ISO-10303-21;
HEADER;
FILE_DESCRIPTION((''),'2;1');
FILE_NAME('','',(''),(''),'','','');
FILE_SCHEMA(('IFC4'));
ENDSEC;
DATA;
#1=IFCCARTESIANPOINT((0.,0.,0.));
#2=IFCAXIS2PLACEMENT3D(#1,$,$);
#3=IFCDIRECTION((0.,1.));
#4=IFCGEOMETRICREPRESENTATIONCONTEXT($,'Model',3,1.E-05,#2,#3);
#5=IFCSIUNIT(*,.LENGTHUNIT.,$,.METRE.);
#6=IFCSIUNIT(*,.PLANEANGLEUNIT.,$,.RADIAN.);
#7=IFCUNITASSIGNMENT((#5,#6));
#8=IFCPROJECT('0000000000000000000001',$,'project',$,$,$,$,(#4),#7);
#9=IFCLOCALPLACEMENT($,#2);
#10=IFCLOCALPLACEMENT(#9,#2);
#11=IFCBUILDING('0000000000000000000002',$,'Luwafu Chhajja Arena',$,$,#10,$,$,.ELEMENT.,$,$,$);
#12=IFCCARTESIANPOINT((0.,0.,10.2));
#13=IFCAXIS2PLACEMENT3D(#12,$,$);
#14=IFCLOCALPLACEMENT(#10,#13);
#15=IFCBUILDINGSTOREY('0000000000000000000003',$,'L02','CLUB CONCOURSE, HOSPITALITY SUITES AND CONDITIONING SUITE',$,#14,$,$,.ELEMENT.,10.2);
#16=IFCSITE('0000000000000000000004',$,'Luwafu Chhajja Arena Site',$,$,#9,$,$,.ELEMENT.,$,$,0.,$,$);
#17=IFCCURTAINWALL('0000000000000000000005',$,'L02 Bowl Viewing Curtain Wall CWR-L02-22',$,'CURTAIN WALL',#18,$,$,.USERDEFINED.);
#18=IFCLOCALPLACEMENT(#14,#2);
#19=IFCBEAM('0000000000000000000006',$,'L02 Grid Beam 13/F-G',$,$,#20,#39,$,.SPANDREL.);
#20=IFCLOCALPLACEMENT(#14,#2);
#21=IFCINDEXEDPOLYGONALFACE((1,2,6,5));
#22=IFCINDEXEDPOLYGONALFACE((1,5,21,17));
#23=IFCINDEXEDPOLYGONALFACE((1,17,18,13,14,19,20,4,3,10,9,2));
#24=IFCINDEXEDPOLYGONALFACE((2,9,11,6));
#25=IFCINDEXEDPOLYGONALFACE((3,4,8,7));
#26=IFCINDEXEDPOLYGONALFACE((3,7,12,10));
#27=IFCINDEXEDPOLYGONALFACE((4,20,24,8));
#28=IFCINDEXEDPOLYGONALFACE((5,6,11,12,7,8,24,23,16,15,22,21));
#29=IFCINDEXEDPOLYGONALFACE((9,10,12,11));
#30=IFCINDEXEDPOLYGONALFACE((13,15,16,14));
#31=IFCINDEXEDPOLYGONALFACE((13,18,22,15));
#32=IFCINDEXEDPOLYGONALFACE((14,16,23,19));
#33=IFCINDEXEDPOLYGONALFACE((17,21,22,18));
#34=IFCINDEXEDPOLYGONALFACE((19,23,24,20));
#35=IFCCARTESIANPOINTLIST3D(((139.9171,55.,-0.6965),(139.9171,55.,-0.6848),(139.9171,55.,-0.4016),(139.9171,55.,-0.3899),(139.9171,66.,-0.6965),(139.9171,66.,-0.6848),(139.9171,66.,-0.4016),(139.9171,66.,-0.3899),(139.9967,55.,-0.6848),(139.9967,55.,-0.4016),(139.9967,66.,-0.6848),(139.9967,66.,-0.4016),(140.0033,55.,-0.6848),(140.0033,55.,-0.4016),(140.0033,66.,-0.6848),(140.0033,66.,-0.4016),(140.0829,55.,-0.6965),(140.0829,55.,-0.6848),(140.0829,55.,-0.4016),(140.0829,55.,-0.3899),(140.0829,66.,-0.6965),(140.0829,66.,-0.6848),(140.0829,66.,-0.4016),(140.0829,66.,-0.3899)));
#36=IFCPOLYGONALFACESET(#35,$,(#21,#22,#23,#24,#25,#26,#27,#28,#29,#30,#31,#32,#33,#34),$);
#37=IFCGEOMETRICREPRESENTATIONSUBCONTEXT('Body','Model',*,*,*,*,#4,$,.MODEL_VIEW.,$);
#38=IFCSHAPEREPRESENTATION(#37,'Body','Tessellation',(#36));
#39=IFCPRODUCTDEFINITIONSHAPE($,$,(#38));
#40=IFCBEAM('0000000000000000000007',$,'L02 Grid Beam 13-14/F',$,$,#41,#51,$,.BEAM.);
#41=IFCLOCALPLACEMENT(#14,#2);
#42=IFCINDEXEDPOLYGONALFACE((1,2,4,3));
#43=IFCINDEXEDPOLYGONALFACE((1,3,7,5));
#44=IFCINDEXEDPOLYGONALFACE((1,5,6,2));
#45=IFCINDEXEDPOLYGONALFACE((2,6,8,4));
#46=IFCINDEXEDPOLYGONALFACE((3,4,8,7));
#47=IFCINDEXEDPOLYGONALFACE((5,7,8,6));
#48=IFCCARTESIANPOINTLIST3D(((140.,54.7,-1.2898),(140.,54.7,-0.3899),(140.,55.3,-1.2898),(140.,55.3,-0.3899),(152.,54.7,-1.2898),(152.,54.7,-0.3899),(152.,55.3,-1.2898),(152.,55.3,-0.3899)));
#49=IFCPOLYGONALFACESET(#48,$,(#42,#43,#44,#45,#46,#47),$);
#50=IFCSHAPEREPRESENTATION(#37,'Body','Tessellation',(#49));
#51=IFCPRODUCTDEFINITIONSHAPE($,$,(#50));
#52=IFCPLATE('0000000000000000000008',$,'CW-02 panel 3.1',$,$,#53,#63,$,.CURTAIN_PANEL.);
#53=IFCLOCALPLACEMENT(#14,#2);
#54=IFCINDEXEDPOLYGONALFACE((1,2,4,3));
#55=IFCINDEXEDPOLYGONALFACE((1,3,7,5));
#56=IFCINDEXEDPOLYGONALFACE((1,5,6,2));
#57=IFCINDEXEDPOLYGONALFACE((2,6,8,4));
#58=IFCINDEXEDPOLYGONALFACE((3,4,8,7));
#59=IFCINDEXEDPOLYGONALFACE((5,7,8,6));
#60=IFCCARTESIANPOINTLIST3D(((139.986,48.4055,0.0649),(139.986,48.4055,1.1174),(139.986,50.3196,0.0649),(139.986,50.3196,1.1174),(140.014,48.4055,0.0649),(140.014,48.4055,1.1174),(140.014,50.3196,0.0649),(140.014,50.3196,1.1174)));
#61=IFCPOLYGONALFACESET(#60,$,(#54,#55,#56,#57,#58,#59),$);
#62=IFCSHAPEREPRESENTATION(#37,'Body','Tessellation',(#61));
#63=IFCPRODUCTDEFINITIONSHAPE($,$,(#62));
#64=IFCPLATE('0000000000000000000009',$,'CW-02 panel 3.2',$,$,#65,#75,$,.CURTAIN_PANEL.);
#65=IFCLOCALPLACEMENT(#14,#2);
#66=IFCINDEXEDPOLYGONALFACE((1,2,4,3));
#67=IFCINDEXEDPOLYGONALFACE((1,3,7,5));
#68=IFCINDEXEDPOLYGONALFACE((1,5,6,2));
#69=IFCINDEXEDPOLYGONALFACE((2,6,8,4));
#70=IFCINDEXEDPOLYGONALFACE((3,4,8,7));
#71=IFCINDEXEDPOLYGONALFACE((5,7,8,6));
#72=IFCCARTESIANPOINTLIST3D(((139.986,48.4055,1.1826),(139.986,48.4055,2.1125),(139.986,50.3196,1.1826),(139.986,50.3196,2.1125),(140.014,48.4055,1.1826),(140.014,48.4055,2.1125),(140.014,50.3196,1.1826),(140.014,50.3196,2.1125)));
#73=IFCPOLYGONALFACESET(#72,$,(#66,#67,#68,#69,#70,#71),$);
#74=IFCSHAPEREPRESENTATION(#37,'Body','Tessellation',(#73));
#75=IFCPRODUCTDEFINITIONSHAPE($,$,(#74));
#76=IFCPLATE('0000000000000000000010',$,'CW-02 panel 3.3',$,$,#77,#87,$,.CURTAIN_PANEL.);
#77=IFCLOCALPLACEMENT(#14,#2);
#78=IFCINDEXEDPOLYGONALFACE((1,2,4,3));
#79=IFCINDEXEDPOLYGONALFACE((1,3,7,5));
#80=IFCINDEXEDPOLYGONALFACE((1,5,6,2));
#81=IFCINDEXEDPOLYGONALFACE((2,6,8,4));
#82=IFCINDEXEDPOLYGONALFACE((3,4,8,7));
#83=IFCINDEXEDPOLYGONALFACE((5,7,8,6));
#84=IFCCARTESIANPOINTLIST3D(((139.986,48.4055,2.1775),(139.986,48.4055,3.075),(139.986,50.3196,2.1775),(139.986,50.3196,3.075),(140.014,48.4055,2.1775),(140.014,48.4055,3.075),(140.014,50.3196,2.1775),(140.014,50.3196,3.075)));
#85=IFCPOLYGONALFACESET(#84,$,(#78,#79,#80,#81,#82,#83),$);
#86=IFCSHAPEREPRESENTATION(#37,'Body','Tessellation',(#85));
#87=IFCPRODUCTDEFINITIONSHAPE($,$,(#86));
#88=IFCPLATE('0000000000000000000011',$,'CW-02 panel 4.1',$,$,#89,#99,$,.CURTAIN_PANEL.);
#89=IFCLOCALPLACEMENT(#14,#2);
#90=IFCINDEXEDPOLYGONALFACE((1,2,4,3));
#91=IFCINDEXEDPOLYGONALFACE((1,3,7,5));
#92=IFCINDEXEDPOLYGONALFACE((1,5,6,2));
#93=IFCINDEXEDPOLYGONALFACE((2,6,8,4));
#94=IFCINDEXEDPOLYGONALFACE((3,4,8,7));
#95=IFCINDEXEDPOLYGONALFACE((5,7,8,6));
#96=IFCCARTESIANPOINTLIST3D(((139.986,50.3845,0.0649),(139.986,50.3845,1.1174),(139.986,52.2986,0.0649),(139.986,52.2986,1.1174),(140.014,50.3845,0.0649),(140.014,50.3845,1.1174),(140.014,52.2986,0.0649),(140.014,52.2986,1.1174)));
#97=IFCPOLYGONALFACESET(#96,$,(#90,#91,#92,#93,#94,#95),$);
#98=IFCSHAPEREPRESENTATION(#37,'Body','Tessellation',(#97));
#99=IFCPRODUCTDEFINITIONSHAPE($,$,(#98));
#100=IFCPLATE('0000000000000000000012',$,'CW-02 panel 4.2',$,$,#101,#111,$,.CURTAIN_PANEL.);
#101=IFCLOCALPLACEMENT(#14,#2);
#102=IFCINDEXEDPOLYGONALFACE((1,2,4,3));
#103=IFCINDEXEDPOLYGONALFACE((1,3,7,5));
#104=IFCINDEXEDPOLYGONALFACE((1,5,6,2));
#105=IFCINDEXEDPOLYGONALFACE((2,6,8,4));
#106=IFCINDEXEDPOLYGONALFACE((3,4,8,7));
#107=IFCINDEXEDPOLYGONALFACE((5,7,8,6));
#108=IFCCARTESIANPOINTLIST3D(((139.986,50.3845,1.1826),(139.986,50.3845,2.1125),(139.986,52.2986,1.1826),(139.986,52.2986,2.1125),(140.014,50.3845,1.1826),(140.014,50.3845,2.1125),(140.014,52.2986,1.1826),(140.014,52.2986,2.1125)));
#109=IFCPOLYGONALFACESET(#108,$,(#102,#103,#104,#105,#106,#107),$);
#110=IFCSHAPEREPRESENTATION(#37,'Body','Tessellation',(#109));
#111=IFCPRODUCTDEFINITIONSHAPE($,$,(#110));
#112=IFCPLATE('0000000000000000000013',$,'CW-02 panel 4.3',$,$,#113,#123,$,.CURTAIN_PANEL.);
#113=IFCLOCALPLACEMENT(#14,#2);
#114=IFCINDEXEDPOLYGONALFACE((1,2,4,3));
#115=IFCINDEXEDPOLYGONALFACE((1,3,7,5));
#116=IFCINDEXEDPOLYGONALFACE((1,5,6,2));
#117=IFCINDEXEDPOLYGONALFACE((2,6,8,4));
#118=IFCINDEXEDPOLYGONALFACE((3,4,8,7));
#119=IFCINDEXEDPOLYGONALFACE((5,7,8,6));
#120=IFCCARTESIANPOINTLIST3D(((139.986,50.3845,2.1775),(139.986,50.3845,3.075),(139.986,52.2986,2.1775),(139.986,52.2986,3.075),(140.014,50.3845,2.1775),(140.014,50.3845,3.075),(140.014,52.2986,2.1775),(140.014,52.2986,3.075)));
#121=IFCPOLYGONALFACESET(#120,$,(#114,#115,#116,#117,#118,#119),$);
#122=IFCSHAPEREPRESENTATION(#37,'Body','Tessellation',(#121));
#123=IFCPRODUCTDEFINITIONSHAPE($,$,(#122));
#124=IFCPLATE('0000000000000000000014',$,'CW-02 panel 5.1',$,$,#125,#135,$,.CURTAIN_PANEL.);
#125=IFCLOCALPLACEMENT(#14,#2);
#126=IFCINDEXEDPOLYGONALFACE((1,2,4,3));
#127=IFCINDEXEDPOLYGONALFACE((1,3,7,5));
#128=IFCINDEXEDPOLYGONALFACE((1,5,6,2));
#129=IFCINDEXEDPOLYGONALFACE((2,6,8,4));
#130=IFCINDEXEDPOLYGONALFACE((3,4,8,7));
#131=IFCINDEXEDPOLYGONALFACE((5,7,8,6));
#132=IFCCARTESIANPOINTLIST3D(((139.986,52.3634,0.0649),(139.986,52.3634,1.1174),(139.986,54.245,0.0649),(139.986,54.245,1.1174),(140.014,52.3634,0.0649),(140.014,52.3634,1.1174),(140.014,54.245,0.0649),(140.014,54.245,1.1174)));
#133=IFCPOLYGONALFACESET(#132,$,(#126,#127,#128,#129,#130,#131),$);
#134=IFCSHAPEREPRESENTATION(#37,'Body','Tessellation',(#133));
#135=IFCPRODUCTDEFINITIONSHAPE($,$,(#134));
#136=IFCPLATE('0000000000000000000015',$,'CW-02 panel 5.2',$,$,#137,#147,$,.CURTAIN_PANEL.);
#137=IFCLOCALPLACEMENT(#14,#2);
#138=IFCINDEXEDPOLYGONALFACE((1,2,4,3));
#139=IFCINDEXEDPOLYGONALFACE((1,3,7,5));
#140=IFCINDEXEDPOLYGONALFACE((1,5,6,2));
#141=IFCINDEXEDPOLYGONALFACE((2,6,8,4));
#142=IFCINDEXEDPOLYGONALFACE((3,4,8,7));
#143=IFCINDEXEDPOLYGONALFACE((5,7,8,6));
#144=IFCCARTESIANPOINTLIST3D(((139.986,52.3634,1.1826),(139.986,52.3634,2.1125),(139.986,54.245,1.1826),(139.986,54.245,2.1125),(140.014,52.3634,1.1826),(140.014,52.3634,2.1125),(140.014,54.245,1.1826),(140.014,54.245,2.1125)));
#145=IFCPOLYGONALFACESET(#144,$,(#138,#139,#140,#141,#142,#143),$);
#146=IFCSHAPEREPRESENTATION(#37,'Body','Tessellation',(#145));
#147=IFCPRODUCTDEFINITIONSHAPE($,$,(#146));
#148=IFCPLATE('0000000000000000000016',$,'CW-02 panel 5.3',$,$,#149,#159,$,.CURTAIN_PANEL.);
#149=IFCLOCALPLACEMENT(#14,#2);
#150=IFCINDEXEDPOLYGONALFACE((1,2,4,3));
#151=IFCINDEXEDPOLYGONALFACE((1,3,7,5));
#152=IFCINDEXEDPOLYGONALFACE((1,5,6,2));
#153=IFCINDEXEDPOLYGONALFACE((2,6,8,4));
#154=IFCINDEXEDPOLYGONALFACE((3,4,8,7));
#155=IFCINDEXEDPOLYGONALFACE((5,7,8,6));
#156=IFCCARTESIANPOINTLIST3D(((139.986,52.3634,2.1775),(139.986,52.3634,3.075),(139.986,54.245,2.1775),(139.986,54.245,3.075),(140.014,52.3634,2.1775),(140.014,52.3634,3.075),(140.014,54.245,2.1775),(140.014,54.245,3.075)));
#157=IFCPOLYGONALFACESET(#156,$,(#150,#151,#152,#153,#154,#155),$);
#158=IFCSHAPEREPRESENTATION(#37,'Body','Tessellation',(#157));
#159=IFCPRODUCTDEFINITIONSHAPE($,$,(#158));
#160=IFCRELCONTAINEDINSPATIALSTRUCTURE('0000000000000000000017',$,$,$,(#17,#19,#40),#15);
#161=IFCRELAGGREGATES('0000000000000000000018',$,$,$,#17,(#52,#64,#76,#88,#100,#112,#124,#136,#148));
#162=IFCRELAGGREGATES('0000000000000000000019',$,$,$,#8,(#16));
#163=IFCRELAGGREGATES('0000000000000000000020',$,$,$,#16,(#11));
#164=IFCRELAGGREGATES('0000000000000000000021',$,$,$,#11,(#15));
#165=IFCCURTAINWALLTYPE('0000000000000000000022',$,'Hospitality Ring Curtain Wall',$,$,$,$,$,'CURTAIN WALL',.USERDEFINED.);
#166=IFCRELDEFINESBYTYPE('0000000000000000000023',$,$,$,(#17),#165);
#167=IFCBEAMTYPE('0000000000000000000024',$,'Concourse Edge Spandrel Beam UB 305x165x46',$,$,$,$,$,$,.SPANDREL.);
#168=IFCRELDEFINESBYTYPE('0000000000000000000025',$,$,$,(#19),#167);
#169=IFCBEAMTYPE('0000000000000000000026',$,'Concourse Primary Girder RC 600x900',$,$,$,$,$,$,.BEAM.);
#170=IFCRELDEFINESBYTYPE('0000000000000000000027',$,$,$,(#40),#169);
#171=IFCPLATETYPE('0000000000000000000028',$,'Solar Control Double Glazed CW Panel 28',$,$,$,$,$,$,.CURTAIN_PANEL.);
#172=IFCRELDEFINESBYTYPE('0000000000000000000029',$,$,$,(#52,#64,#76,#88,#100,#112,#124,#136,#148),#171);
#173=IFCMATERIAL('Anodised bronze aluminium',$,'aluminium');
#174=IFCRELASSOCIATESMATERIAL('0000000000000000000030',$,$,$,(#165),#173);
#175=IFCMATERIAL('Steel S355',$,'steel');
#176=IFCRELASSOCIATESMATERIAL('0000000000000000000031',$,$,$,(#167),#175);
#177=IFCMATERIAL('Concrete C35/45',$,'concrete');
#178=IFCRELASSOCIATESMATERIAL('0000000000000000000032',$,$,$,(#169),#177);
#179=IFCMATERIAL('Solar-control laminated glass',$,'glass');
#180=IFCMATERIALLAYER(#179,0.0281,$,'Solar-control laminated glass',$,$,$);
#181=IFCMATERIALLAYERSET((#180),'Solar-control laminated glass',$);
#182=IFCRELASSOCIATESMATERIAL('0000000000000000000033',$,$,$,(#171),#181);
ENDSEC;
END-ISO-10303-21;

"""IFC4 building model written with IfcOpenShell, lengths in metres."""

from ifc_helpers import new_model, si_unit, direction, frame, origin, origin_2d, place, context, subcontext, project, spatial, rectangle, i_section, extrude, material, layer, layer_set, material_profile, profile_set, type_object, element, aggregate, save


model = new_model("IFC4")

# Units and contexts
model_context = context("Model", 3, precision=1e-05, world=origin(), true_north=direction((0.0, 1.0)))
body_context = subcontext(model_context, "Body", "Model", "MODEL_VIEW")
ifc_project = project(units=[si_unit("LENGTHUNIT", "METRE"), si_unit("PLANEANGLEUNIT", "RADIAN")], contexts=[model_context])

# Site, building, storey
site_placement = place(None, origin())
site = spatial("IfcSite", under=ifc_project, at=site_placement, Name="Luwafu Chhajja Arena Site", CompositionType="ELEMENT", RefElevation=0.0)
building_placement = place(site_placement, origin())
building = spatial("IfcBuilding", under=site, at=building_placement, Name="Luwafu Chhajja Arena", CompositionType="ELEMENT")
storey_placement = place(building_placement, frame((0.0, 0.0, 10.2)))
storey = spatial("IfcBuildingStorey", under=building, at=storey_placement, Name="L02", Description="CLUB CONCOURSE, HOSPITALITY SUITES AND CONDITIONING SUITE", CompositionType="ELEMENT", Elevation=10.2)

# Shared definitions
ifc_material_1 = material(Name="Steel S355", Category="steel")

# Curtain wall
ifc_material_2 = material(Name="Anodised bronze aluminium", Category="aluminium")
curtain_wall_type = type_object("IfcCurtainWallType", Name="Hospitality Ring Curtain Wall", ElementType="CURTAIN WALL", PredefinedType="USERDEFINED", material=ifc_material_2)
curtain_wall_placement = place(storey_placement, origin())
curtain_wall = element("IfcCurtainWall", 1, at=curtain_wall_placement, inside=storey, type_object=curtain_wall_type, Name="L02 Bowl Viewing Curtain Wall CWR-L02-22", ObjectType="CURTAIN WALL", PredefinedType="USERDEFINED")

# Beams
ifc_material_profile_1 = material_profile(ifc_material_1, i_section(OverallWidth=0.1658, OverallDepth=0.3066, WebThickness=0.0066, FlangeThickness=0.0117, at=origin_2d()), Name="UB 305x165x46")
ifc_profile_set_1 = profile_set([ifc_material_profile_1], Name="Steel S355")
beam_type_1 = type_object("IfcBeamType", Name="Concourse Edge Spandrel Beam UB 305x165x46", PredefinedType="SPANDREL", material=ifc_profile_set_1)
beam_1_placement = place(storey_placement, frame((140.0, 55.0, -0.5432), z_axis=(0.0, 1.0, 0.0), x_axis=(-1.0, 0.0, 0.0)))
element("IfcBeam", 2, at=beam_1_placement, inside=storey, type_object=beam_type_1, Name="L02 Grid Beam 13/F-G", PredefinedType="SPANDREL", context=body_context, shape_type="SweptSolid", body=[
    extrude(i_section(OverallWidth=0.1658, OverallDepth=0.3066, WebThickness=0.0066, FlangeThickness=0.0117, at=origin_2d()), origin(), (0.0, 0.0, 1.0), 11.0),
])
ifc_material_3 = material(Name="Concrete C35/45", Category="concrete")
ifc_material_profile_2 = material_profile(ifc_material_3, rectangle(XDim=0.6001, YDim=0.8999, at=origin_2d()), Name="RC 600x900")
ifc_profile_set_2 = profile_set([ifc_material_profile_2], Name="Concrete C35/45")
beam_type_2 = type_object("IfcBeamType", Name="Concourse Primary Girder RC 600x900", PredefinedType="BEAM", material=ifc_profile_set_2)
beam_2_placement = place(storey_placement, frame((140.0, 55.0, -0.8398), z_axis=(1.0, 0.0, 0.0), x_axis=(0.0, 1.0, 0.0)))
element("IfcBeam", 3, at=beam_2_placement, inside=storey, type_object=beam_type_2, Name="L02 Grid Beam 13-14/F", PredefinedType="BEAM", context=body_context, shape_type="SweptSolid", body=[
    extrude(rectangle(XDim=0.6001, YDim=0.8999, at=origin_2d()), origin(), (0.0, 0.0, 1.0), 12.0),
])

# Plates
ifc_material_4 = material(Name="Solar-control laminated glass", Category="glass")
ifc_layer = layer(ifc_material_4, 0.0281, Name="Solar-control laminated glass")
ifc_layer_set = layer_set([ifc_layer], Name="Solar-control laminated glass")
plate_type = type_object("IfcPlateType", Name="Solar Control Double Glazed CW Panel 28", PredefinedType="CURTAIN_PANEL", material=ifc_layer_set)
plate_1_placement = place(storey_placement, frame((140.0, 49.3625, 0.0649), z_axis=(0.0, 0.0, 1.0), x_axis=(0.0, 1.0, 0.0)))
plate_1 = element("IfcPlate", 4, at=plate_1_placement, type_object=plate_type, Name="CW-02 panel 3.1", PredefinedType="CURTAIN_PANEL", context=body_context, shape_type="SweptSolid", body=[
    extrude(rectangle(XDim=1.9141, YDim=0.0281, at=origin_2d()), origin(), (0.0, 0.0, 1.0), 1.0525),
])
plate_2_placement = place(storey_placement, frame((140.0, 49.3625, 1.1826), z_axis=(0.0, 0.0, 1.0), x_axis=(0.0, 1.0, 0.0)))
plate_2 = element("IfcPlate", 5, at=plate_2_placement, type_object=plate_type, Name="CW-02 panel 3.2", PredefinedType="CURTAIN_PANEL", context=body_context, shape_type="SweptSolid", body=[
    extrude(rectangle(XDim=1.9141, YDim=0.0281, at=origin_2d()), origin(), (0.0, 0.0, 1.0), 0.9299),
])
plate_3_placement = place(storey_placement, frame((140.0, 49.3625, 2.1775), z_axis=(0.0, 0.0, 1.0), x_axis=(0.0, 1.0, 0.0)))
plate_3 = element("IfcPlate", 6, at=plate_3_placement, type_object=plate_type, Name="CW-02 panel 3.3", PredefinedType="CURTAIN_PANEL", context=body_context, shape_type="SweptSolid", body=[
    extrude(rectangle(XDim=1.9141, YDim=0.0281, at=origin_2d()), origin(), (0.0, 0.0, 1.0), 0.8975),
])
plate_4_placement = place(storey_placement, frame((140.0, 51.3416, 0.0649), z_axis=(0.0, 0.0, 1.0), x_axis=(0.0, 1.0, 0.0)))
plate_4 = element("IfcPlate", 7, at=plate_4_placement, type_object=plate_type, Name="CW-02 panel 4.1", PredefinedType="CURTAIN_PANEL", context=body_context, shape_type="SweptSolid", body=[
    extrude(rectangle(XDim=1.9141, YDim=0.0281, at=origin_2d()), origin(), (0.0, 0.0, 1.0), 1.0525),
])
plate_5_placement = place(storey_placement, frame((140.0, 51.3416, 1.1826), z_axis=(0.0, 0.0, 1.0), x_axis=(0.0, 1.0, 0.0)))
plate_5 = element("IfcPlate", 8, at=plate_5_placement, type_object=plate_type, Name="CW-02 panel 4.2", PredefinedType="CURTAIN_PANEL", context=body_context, shape_type="SweptSolid", body=[
    extrude(rectangle(XDim=1.9141, YDim=0.0281, at=origin_2d()), origin(), (0.0, 0.0, 1.0), 0.9299),
])
plate_6_placement = place(storey_placement, frame((140.0, 51.3416, 2.1775), z_axis=(0.0, 0.0, 1.0), x_axis=(0.0, 1.0, 0.0)))
plate_6 = element("IfcPlate", 9, at=plate_6_placement, type_object=plate_type, Name="CW-02 panel 4.3", PredefinedType="CURTAIN_PANEL", context=body_context, shape_type="SweptSolid", body=[
    extrude(rectangle(XDim=1.9141, YDim=0.0281, at=origin_2d()), origin(), (0.0, 0.0, 1.0), 0.8975),
])
plate_7_placement = place(storey_placement, frame((140.0, 53.3042, 0.0649), z_axis=(0.0, 0.0, 1.0), x_axis=(0.0, 1.0, 0.0)))
plate_7 = element("IfcPlate", 10, at=plate_7_placement, type_object=plate_type, Name="CW-02 panel 5.1", PredefinedType="CURTAIN_PANEL", context=body_context, shape_type="SweptSolid", body=[
    extrude(rectangle(XDim=1.8816, YDim=0.0281, at=origin_2d()), origin(), (0.0, 0.0, 1.0), 1.0525),
])
plate_8_placement = place(storey_placement, frame((140.0, 53.3042, 1.1826), z_axis=(0.0, 0.0, 1.0), x_axis=(0.0, 1.0, 0.0)))
plate_8 = element("IfcPlate", 11, at=plate_8_placement, type_object=plate_type, Name="CW-02 panel 5.2", PredefinedType="CURTAIN_PANEL", context=body_context, shape_type="SweptSolid", body=[
    extrude(rectangle(XDim=1.8816, YDim=0.0281, at=origin_2d()), origin(), (0.0, 0.0, 1.0), 0.9299),
])
plate_9_placement = place(storey_placement, frame((140.0, 53.3042, 2.1775), z_axis=(0.0, 0.0, 1.0), x_axis=(0.0, 1.0, 0.0)))
plate_9 = element("IfcPlate", 12, at=plate_9_placement, type_object=plate_type, Name="CW-02 panel 5.3", PredefinedType="CURTAIN_PANEL", context=body_context, shape_type="SweptSolid", body=[
    extrude(rectangle(XDim=1.8816, YDim=0.0281, at=origin_2d()), origin(), (0.0, 0.0, 1.0), 0.8975),
])
aggregate(curtain_wall, [plate_1, plate_2, plate_3, plate_4, plate_5, plate_6, plate_7, plate_8, plate_9])

save(model, "model.ifc")
